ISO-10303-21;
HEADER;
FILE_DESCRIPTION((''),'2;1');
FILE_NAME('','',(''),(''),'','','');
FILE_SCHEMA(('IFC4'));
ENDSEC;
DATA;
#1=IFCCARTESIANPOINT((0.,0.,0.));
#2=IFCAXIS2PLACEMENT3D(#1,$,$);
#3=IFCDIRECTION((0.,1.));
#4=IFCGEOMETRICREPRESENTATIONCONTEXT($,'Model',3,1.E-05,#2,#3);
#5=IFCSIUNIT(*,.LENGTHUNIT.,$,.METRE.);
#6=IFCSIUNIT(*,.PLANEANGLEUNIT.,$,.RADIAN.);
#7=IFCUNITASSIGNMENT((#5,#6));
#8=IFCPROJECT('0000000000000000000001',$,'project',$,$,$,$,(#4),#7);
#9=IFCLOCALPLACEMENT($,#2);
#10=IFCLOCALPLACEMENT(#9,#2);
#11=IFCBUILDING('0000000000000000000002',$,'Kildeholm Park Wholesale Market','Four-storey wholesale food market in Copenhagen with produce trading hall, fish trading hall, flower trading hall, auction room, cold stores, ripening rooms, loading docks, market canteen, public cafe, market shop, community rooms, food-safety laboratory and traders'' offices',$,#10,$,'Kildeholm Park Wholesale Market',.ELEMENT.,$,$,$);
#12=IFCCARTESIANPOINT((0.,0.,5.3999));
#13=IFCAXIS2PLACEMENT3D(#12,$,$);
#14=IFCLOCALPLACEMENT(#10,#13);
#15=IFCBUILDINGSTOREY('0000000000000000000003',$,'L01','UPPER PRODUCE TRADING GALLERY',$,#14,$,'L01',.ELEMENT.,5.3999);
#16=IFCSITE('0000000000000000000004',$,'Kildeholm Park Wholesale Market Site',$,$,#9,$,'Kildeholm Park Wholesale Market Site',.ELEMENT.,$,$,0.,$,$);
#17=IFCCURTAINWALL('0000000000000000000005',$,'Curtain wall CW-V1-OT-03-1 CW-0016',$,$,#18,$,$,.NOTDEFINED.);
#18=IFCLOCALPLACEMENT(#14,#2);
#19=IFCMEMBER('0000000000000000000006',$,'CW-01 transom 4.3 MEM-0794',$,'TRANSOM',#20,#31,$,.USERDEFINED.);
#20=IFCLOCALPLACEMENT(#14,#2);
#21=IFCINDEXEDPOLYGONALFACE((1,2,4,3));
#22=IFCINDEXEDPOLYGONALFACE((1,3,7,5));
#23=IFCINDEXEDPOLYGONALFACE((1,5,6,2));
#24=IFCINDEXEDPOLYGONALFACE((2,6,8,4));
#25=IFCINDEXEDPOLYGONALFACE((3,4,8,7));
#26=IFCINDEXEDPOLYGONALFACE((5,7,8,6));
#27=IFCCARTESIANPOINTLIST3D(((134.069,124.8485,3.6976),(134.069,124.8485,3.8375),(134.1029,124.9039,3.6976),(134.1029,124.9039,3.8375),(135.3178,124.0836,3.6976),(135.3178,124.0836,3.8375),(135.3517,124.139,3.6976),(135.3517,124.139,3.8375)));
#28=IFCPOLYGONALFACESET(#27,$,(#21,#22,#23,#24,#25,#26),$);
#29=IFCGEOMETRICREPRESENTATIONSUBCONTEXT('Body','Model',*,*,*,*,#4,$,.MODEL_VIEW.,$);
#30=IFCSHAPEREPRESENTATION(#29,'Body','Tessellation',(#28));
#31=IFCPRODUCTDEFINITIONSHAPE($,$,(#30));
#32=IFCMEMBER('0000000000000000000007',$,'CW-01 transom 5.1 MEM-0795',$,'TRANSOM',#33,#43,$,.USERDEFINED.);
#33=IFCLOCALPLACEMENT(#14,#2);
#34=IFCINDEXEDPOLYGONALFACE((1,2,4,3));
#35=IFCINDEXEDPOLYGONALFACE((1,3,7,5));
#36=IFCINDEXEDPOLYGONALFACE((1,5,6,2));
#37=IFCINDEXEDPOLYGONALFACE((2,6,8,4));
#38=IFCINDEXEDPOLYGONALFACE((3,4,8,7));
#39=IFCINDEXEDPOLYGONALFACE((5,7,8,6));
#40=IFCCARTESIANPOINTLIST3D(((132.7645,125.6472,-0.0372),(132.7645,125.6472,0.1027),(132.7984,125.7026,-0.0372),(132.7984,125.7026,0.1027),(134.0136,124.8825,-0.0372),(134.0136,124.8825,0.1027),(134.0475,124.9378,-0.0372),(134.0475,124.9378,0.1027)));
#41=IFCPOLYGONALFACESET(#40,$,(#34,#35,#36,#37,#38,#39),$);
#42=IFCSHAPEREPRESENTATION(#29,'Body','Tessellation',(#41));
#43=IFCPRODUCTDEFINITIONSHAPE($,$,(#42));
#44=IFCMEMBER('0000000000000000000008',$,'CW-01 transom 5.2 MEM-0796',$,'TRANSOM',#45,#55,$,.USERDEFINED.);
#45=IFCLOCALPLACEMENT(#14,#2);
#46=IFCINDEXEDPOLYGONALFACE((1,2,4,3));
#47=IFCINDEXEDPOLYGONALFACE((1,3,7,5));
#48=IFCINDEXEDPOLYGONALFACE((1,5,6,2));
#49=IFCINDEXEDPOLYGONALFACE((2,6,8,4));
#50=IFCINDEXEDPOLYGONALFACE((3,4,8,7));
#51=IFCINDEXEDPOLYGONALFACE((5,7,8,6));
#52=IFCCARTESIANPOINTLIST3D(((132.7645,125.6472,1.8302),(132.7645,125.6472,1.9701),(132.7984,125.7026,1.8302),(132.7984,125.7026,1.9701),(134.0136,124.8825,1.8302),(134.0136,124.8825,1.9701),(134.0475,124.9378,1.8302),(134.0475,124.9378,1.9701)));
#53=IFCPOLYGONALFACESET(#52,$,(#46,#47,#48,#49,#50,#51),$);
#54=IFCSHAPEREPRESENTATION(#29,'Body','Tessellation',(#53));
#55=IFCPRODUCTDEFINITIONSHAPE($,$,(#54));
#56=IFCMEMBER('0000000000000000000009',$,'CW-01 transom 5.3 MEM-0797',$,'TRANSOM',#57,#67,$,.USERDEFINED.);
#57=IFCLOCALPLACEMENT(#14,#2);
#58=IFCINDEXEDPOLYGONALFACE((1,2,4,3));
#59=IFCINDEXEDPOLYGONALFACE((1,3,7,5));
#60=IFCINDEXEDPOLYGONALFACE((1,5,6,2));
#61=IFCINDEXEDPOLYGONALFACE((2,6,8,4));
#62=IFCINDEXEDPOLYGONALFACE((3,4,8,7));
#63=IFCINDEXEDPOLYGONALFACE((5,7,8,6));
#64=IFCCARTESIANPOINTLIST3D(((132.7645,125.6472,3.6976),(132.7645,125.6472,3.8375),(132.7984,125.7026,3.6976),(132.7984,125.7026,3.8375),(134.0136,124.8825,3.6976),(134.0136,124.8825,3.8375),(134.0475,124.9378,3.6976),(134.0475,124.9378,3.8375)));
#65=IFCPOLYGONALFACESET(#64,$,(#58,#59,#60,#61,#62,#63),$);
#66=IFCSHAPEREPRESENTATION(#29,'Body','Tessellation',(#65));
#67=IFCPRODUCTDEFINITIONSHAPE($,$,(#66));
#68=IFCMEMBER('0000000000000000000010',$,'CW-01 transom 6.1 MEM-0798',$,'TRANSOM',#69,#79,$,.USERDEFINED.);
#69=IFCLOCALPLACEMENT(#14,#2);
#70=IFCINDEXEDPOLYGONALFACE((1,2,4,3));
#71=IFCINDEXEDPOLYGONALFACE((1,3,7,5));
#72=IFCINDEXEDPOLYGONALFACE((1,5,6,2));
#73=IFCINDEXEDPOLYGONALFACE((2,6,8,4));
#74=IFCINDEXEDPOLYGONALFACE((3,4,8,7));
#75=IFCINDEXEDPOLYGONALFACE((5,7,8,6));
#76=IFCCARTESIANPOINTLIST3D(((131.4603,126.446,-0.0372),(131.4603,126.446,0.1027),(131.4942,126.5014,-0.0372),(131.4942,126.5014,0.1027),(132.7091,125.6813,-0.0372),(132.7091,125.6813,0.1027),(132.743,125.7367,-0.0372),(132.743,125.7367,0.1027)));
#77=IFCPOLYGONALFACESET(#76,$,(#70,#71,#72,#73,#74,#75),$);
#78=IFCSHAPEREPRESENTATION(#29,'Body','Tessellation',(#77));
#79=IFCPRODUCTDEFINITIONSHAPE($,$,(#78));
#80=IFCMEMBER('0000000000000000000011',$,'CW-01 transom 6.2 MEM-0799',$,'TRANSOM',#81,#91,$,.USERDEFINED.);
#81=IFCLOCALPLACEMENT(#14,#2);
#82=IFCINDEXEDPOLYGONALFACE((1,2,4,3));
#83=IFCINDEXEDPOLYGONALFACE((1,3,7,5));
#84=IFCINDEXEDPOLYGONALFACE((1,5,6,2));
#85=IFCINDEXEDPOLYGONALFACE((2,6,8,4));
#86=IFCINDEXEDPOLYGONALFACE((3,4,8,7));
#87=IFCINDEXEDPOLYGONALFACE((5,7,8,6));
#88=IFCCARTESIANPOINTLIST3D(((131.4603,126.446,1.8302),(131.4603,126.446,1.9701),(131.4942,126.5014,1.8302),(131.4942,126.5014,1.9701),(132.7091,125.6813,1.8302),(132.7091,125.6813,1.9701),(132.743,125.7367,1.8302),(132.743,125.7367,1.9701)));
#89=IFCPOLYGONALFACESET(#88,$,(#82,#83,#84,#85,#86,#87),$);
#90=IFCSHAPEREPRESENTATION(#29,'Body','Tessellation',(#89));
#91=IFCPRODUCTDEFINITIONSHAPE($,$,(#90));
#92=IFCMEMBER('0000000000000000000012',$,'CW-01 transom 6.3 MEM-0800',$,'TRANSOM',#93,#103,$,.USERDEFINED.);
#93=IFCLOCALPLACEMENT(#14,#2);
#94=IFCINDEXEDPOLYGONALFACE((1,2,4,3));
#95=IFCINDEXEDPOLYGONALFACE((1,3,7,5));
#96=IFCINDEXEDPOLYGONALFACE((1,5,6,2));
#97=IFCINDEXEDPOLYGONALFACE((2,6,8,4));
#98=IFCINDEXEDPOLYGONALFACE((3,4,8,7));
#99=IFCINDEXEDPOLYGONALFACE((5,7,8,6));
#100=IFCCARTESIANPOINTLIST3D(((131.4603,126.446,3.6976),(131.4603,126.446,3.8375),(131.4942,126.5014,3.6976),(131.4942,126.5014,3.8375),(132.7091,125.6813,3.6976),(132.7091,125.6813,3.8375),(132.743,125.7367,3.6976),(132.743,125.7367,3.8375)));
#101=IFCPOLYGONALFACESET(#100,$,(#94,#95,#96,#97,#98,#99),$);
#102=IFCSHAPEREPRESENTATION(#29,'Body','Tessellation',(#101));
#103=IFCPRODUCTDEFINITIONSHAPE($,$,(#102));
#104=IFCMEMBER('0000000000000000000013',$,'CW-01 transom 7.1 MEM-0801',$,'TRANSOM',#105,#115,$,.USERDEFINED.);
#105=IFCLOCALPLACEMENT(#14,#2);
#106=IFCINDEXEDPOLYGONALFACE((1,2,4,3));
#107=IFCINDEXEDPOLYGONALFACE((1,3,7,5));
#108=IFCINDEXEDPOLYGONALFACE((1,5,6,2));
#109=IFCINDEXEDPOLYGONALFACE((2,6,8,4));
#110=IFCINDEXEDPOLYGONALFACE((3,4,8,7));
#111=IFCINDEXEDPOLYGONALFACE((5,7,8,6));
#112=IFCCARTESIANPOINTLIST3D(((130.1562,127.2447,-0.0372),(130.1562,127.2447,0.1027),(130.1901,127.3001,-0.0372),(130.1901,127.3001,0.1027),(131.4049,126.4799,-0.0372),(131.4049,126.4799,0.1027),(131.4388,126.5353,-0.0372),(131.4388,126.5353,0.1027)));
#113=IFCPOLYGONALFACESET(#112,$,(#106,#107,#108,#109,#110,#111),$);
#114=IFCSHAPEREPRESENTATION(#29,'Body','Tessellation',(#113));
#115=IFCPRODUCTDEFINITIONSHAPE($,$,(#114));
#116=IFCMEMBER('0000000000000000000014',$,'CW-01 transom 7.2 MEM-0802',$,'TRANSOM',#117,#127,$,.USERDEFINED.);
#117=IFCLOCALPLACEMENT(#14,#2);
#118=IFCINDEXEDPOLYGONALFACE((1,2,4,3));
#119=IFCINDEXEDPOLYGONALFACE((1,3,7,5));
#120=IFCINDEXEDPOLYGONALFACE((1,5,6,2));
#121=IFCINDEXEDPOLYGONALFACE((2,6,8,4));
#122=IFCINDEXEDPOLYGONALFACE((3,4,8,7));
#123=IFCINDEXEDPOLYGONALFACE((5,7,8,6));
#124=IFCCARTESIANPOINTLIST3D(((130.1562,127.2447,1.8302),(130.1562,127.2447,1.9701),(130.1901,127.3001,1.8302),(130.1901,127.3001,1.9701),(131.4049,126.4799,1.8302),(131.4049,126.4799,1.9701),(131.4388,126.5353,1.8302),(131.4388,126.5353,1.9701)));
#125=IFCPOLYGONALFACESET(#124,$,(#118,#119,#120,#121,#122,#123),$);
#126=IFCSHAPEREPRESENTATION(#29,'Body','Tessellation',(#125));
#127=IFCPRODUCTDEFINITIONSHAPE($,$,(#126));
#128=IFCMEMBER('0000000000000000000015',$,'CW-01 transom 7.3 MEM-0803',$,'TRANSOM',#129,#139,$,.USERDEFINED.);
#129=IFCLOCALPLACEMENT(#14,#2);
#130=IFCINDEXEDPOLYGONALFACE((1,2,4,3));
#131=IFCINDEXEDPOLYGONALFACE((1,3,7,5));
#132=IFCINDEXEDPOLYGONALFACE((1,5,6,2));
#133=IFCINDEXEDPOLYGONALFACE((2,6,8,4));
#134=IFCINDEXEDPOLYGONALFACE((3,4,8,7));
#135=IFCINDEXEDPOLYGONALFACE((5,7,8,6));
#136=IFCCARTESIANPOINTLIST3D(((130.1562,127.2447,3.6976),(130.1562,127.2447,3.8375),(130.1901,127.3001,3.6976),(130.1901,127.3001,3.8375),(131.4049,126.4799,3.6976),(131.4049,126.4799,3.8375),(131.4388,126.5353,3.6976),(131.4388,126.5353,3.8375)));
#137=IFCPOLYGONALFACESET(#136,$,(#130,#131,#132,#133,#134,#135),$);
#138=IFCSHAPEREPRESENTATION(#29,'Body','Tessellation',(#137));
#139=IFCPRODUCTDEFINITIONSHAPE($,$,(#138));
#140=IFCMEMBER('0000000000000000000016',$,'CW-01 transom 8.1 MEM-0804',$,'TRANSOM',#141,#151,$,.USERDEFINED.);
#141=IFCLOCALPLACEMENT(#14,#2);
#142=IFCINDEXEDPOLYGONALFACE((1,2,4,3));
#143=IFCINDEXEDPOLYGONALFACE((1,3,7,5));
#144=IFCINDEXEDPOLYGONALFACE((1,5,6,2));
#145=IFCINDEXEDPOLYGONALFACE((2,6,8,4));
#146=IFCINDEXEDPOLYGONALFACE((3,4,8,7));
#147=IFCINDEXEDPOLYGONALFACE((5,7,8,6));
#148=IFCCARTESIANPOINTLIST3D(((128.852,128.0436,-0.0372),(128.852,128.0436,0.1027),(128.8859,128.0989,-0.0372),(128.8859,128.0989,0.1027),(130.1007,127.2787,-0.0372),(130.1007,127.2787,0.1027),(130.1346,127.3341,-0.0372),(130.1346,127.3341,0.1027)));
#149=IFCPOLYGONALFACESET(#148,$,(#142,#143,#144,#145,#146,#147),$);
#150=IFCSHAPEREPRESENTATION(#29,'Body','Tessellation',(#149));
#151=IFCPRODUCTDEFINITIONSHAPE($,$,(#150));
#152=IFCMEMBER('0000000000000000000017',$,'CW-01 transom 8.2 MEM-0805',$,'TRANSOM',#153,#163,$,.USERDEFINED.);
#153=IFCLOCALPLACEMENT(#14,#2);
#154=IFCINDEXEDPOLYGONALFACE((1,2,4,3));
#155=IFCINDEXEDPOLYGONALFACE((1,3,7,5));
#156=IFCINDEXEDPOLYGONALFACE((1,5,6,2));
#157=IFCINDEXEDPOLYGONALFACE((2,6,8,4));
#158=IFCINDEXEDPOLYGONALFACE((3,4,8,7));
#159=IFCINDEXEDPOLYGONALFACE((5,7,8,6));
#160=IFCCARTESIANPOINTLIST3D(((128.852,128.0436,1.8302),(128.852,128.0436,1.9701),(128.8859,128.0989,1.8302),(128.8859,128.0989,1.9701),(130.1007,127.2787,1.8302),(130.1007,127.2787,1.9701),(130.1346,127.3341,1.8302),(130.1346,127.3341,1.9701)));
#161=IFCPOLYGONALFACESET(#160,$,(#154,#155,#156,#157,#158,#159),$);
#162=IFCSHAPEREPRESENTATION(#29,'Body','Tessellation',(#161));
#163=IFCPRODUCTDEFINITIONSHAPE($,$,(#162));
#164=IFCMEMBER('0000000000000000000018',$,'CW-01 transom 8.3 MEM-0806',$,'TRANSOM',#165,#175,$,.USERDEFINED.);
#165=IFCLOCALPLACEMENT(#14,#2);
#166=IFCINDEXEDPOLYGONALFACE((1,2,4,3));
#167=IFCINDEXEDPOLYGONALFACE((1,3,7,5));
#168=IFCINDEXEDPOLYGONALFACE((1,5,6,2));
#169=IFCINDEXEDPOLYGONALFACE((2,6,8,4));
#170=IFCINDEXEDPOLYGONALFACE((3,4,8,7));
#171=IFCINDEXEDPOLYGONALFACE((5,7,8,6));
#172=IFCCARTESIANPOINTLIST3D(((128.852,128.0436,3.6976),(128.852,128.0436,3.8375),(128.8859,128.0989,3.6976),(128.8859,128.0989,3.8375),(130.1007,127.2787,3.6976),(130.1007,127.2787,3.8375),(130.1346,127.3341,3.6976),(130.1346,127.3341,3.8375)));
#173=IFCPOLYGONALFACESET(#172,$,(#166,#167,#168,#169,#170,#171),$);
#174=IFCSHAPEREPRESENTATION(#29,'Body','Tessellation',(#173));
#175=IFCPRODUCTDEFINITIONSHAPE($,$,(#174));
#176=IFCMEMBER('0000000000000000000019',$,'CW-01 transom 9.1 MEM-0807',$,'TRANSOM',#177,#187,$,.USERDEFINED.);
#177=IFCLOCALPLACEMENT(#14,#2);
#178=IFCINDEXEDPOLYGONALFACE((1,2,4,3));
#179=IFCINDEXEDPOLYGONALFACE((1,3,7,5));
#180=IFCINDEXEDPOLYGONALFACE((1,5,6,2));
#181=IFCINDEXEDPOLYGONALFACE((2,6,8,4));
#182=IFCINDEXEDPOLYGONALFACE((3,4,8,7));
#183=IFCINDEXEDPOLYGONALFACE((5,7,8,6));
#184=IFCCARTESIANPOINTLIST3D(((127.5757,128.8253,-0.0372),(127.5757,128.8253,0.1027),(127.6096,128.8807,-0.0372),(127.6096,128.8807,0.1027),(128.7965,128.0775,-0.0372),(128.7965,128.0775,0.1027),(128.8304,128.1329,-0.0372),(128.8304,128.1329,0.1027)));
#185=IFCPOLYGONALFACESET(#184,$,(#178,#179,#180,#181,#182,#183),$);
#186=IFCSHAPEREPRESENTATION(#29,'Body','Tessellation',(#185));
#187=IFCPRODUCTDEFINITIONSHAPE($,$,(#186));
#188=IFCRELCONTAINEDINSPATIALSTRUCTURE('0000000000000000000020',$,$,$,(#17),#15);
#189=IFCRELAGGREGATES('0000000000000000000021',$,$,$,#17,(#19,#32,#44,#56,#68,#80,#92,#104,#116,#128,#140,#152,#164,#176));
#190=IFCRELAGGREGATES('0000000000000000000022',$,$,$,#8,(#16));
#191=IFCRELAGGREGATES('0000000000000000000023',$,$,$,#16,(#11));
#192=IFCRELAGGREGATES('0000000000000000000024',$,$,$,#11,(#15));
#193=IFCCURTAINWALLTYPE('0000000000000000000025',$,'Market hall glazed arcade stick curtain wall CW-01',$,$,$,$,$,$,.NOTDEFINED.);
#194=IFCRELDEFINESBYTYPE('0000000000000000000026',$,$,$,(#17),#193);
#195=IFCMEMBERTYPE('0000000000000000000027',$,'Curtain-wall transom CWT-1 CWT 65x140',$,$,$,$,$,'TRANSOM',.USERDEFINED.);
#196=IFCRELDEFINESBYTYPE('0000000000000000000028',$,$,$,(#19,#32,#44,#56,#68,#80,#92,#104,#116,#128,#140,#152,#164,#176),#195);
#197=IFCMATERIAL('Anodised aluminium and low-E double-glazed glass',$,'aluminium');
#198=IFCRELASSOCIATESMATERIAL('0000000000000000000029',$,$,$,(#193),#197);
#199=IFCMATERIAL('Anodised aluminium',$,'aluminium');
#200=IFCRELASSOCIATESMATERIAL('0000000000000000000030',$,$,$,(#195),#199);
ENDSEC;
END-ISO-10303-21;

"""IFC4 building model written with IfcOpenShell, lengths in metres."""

from ifc_helpers import new_model, si_unit, direction, frame, origin, origin_2d, place, context, subcontext, project, spatial, rectangle, extrude, material, material_profile, profile_set, type_object, element, aggregate, save


model = new_model("IFC4")

# Units and contexts
model_context = context("Model", 3, precision=1e-05, world=origin(), true_north=direction((0.0, 1.0)))
body_context = subcontext(model_context, "Body", "Model", "MODEL_VIEW")
ifc_project = project(units=[si_unit("LENGTHUNIT", "METRE"), si_unit("PLANEANGLEUNIT", "RADIAN")], contexts=[model_context])

# Site, building, storey
site_placement = place(None, origin())
site = spatial("IfcSite", under=ifc_project, at=site_placement, Name="Kildeholm Park Wholesale Market Site", LongName="Kildeholm Park Wholesale Market Site", CompositionType="ELEMENT", RefElevation=0.0)
building_placement = place(site_placement, origin())
building = spatial("IfcBuilding", under=site, at=building_placement, Name="Kildeholm Park Wholesale Market", Description="Four-storey wholesale food market in Copenhagen with produce trading hall, fish trading hall, flower trading hall, auction room, cold stores, ripening rooms, loading docks, market canteen, public cafe, market shop, community rooms, food-safety laboratory and traders' offices", LongName="Kildeholm Park Wholesale Market", CompositionType="ELEMENT")
storey_placement = place(building_placement, frame((0.0, 0.0, 5.3999)))
storey = spatial("IfcBuildingStorey", under=building, at=storey_placement, Name="L01", Description="UPPER PRODUCE TRADING GALLERY", LongName="L01", CompositionType="ELEMENT", Elevation=5.3999)

# Curtain wall, members
ifc_material_1 = material(Name="Anodised aluminium and low-E double-glazed glass", Category="aluminium")
curtain_wall_type = type_object("IfcCurtainWallType", Name="Market hall glazed arcade stick curtain wall CW-01", PredefinedType="NOTDEFINED", material=ifc_material_1)
curtain_wall_placement = place(storey_placement, origin())
curtain_wall = element("IfcCurtainWall", 1, at=curtain_wall_placement, inside=storey, type_object=curtain_wall_type, Name="Curtain wall CW-V1-OT-03-1 CW-0016", PredefinedType="NOTDEFINED")
ifc_material_2 = material(Name="Anodised aluminium", Category="aluminium")
ifc_material_profile_1 = material_profile(ifc_material_2, rectangle(XDim=0.0649, YDim=0.1399, at=origin_2d()), Name="CWT 65x140")
ifc_profile_set_1 = profile_set([ifc_material_profile_1], Name="Anodised aluminium")
member_type_1 = type_object("IfcMemberType", Name="Curtain-wall transom CWT-1 CWT 65x140", ElementType="TRANSOM", PredefinedType="USERDEFINED", material=ifc_profile_set_1)
member_1_placement = place(storey_placement, frame((135.3347, 124.1113, 3.7676), z_axis=(-0.85275, 0.52232, 0.0), x_axis=(-0.52232, -0.85275, 0.0)))
member_1 = element("IfcMember", 2, at=member_1_placement, type_object=member_type_1, Name="CW-01 transom 4.3 MEM-0794", ObjectType="TRANSOM", PredefinedType="USERDEFINED", context=body_context, shape_type="SweptSolid", body=[
    extrude(rectangle(XDim=0.0649, YDim=0.1399, at=origin_2d()), origin(), (0.0, 0.0, 1.0), 1.4644),
])
member_2_placement = place(storey_placement, frame((134.0305, 124.9102, 0.0327), z_axis=(-0.852869, 0.522124, 0.0), x_axis=(-0.522124, -0.852869, 0.0)))
member_2 = element("IfcMember", 3, at=member_2_placement, type_object=member_type_1, Name="CW-01 transom 5.1 MEM-0795", ObjectType="TRANSOM", PredefinedType="USERDEFINED", context=body_context, shape_type="SweptSolid", body=[
    extrude(rectangle(XDim=0.0649, YDim=0.1399, at=origin_2d()), origin(), (0.0, 0.0, 1.0), 1.4646),
])
member_3_placement = place(storey_placement, frame((134.0305, 124.9102, 1.9001), z_axis=(-0.852869, 0.522124, 0.0), x_axis=(-0.522124, -0.852869, 0.0)))
member_3 = element("IfcMember", 4, at=member_3_placement, type_object=member_type_1, Name="CW-01 transom 5.2 MEM-0796", ObjectType="TRANSOM", PredefinedType="USERDEFINED", context=body_context, shape_type="SweptSolid", body=[
    extrude(rectangle(XDim=0.0649, YDim=0.1399, at=origin_2d()), origin(), (0.0, 0.0, 1.0), 1.4646),
])
member_4_placement = place(storey_placement, frame((134.0305, 124.9102, 3.7676), z_axis=(-0.852869, 0.522124, 0.0), x_axis=(-0.522124, -0.852869, 0.0)))
member_4 = element("IfcMember", 5, at=member_4_placement, type_object=member_type_1, Name="CW-01 transom 5.3 MEM-0797", ObjectType="TRANSOM", PredefinedType="USERDEFINED", context=body_context, shape_type="SweptSolid", body=[
    extrude(rectangle(XDim=0.0649, YDim=0.1399, at=origin_2d()), origin(), (0.0, 0.0, 1.0), 1.4646),
])
member_5_placement = place(storey_placement, frame((132.7261, 125.709, 0.0327), z_axis=(-0.852824, 0.522198, 0.0), x_axis=(-0.522198, -0.852824, 0.0)))
member_5 = element("IfcMember", 6, at=member_5_placement, type_object=member_type_1, Name="CW-01 transom 6.1 MEM-0798", ObjectType="TRANSOM", PredefinedType="USERDEFINED", context=body_context, shape_type="SweptSolid", body=[
    extrude(rectangle(XDim=0.0649, YDim=0.1399, at=origin_2d()), origin(), (0.0, 0.0, 1.0), 1.4644),
])
member_6_placement = place(storey_placement, frame((132.7261, 125.709, 1.9001), z_axis=(-0.852824, 0.522198, 0.0), x_axis=(-0.522198, -0.852824, 0.0)))
member_6 = element("IfcMember", 7, at=member_6_placement, type_object=member_type_1, Name="CW-01 transom 6.2 MEM-0799", ObjectType="TRANSOM", PredefinedType="USERDEFINED", context=body_context, shape_type="SweptSolid", body=[
    extrude(rectangle(XDim=0.0649, YDim=0.1399, at=origin_2d()), origin(), (0.0, 0.0, 1.0), 1.4644),
])
member_7_placement = place(storey_placement, frame((132.7261, 125.709, 3.7676), z_axis=(-0.852824, 0.522198, 0.0), x_axis=(-0.522198, -0.852824, 0.0)))
member_7 = element("IfcMember", 8, at=member_7_placement, type_object=member_type_1, Name="CW-01 transom 6.3 MEM-0800", ObjectType="TRANSOM", PredefinedType="USERDEFINED", context=body_context, shape_type="SweptSolid", body=[
    extrude(rectangle(XDim=0.0649, YDim=0.1399, at=origin_2d()), origin(), (0.0, 0.0, 1.0), 1.4644),
])
member_8_placement = place(storey_placement, frame((131.4219, 126.5076, 0.0327), z_axis=(-0.85275, 0.52232, 0.0), x_axis=(-0.52232, -0.85275, 0.0)))
member_8 = element("IfcMember", 9, at=member_8_placement, type_object=member_type_1, Name="CW-01 transom 7.1 MEM-0801", ObjectType="TRANSOM", PredefinedType="USERDEFINED", context=body_context, shape_type="SweptSolid", body=[
    extrude(rectangle(XDim=0.0649, YDim=0.1399, at=origin_2d()), origin(), (0.0, 0.0, 1.0), 1.4644),
])
member_9_placement = place(storey_placement, frame((131.4219, 126.5076, 1.9001), z_axis=(-0.85275, 0.52232, 0.0), x_axis=(-0.52232, -0.85275, 0.0)))
member_9 = element("IfcMember", 10, at=member_9_placement, type_object=member_type_1, Name="CW-01 transom 7.2 MEM-0802", ObjectType="TRANSOM", PredefinedType="USERDEFINED", context=body_context, shape_type="SweptSolid", body=[
    extrude(rectangle(XDim=0.0649, YDim=0.1399, at=origin_2d()), origin(), (0.0, 0.0, 1.0), 1.4644),
])
member_10_placement = place(storey_placement, frame((131.4219, 126.5076, 3.7676), z_axis=(-0.85275, 0.52232, 0.0), x_axis=(-0.52232, -0.85275, 0.0)))
member_10 = element("IfcMember", 11, at=member_10_placement, type_object=member_type_1, Name="CW-01 transom 7.3 MEM-0803", ObjectType="TRANSOM", PredefinedType="USERDEFINED", context=body_context, shape_type="SweptSolid", body=[
    extrude(rectangle(XDim=0.0649, YDim=0.1399, at=origin_2d()), origin(), (0.0, 0.0, 1.0), 1.4644),
])
member_11_placement = place(storey_placement, frame((130.1177, 127.3064, 0.0327), z_axis=(-0.85275, 0.52232, 0.0), x_axis=(-0.52232, -0.85275, 0.0)))
member_11 = element("IfcMember", 12, at=member_11_placement, type_object=member_type_1, Name="CW-01 transom 8.1 MEM-0804", ObjectType="TRANSOM", PredefinedType="USERDEFINED", context=body_context, shape_type="SweptSolid", body=[
    extrude(rectangle(XDim=0.0649, YDim=0.1399, at=origin_2d()), origin(), (0.0, 0.0, 1.0), 1.4644),
])
member_12_placement = place(storey_placement, frame((130.1177, 127.3064, 1.9001), z_axis=(-0.85275, 0.52232, 0.0), x_axis=(-0.52232, -0.85275, 0.0)))
member_12 = element("IfcMember", 13, at=member_12_placement, type_object=member_type_1, Name="CW-01 transom 8.2 MEM-0805", ObjectType="TRANSOM", PredefinedType="USERDEFINED", context=body_context, shape_type="SweptSolid", body=[
    extrude(rectangle(XDim=0.0649, YDim=0.1399, at=origin_2d()), origin(), (0.0, 0.0, 1.0), 1.4644),
])
member_13_placement = place(storey_placement, frame((130.1177, 127.3064, 3.7676), z_axis=(-0.85275, 0.52232, 0.0), x_axis=(-0.52232, -0.85275, 0.0)))
member_13 = element("IfcMember", 14, at=member_13_placement, type_object=member_type_1, Name="CW-01 transom 8.3 MEM-0806", ObjectType="TRANSOM", PredefinedType="USERDEFINED", context=body_context, shape_type="SweptSolid", body=[
    extrude(rectangle(XDim=0.0649, YDim=0.1399, at=origin_2d()), origin(), (0.0, 0.0, 1.0), 1.4644),
])
member_14_placement = place(storey_placement, frame((128.8135, 128.1052, 0.0327), z_axis=(-0.852763, 0.522298, 0.0), x_axis=(-0.522298, -0.852763, 0.0)))
member_14 = element("IfcMember", 15, at=member_14_placement, type_object=member_type_1, Name="CW-01 transom 9.1 MEM-0807", ObjectType="TRANSOM", PredefinedType="USERDEFINED", context=body_context, shape_type="SweptSolid", body=[
    extrude(rectangle(XDim=0.0649, YDim=0.1399, at=origin_2d()), origin(), (0.0, 0.0, 1.0), 1.4316),
])
aggregate(curtain_wall, [member_1, member_2, member_3, member_4, member_5, member_6, member_7, member_8, member_9, member_10, member_11, member_12, member_13, member_14])

save(model, "model.ifc")
